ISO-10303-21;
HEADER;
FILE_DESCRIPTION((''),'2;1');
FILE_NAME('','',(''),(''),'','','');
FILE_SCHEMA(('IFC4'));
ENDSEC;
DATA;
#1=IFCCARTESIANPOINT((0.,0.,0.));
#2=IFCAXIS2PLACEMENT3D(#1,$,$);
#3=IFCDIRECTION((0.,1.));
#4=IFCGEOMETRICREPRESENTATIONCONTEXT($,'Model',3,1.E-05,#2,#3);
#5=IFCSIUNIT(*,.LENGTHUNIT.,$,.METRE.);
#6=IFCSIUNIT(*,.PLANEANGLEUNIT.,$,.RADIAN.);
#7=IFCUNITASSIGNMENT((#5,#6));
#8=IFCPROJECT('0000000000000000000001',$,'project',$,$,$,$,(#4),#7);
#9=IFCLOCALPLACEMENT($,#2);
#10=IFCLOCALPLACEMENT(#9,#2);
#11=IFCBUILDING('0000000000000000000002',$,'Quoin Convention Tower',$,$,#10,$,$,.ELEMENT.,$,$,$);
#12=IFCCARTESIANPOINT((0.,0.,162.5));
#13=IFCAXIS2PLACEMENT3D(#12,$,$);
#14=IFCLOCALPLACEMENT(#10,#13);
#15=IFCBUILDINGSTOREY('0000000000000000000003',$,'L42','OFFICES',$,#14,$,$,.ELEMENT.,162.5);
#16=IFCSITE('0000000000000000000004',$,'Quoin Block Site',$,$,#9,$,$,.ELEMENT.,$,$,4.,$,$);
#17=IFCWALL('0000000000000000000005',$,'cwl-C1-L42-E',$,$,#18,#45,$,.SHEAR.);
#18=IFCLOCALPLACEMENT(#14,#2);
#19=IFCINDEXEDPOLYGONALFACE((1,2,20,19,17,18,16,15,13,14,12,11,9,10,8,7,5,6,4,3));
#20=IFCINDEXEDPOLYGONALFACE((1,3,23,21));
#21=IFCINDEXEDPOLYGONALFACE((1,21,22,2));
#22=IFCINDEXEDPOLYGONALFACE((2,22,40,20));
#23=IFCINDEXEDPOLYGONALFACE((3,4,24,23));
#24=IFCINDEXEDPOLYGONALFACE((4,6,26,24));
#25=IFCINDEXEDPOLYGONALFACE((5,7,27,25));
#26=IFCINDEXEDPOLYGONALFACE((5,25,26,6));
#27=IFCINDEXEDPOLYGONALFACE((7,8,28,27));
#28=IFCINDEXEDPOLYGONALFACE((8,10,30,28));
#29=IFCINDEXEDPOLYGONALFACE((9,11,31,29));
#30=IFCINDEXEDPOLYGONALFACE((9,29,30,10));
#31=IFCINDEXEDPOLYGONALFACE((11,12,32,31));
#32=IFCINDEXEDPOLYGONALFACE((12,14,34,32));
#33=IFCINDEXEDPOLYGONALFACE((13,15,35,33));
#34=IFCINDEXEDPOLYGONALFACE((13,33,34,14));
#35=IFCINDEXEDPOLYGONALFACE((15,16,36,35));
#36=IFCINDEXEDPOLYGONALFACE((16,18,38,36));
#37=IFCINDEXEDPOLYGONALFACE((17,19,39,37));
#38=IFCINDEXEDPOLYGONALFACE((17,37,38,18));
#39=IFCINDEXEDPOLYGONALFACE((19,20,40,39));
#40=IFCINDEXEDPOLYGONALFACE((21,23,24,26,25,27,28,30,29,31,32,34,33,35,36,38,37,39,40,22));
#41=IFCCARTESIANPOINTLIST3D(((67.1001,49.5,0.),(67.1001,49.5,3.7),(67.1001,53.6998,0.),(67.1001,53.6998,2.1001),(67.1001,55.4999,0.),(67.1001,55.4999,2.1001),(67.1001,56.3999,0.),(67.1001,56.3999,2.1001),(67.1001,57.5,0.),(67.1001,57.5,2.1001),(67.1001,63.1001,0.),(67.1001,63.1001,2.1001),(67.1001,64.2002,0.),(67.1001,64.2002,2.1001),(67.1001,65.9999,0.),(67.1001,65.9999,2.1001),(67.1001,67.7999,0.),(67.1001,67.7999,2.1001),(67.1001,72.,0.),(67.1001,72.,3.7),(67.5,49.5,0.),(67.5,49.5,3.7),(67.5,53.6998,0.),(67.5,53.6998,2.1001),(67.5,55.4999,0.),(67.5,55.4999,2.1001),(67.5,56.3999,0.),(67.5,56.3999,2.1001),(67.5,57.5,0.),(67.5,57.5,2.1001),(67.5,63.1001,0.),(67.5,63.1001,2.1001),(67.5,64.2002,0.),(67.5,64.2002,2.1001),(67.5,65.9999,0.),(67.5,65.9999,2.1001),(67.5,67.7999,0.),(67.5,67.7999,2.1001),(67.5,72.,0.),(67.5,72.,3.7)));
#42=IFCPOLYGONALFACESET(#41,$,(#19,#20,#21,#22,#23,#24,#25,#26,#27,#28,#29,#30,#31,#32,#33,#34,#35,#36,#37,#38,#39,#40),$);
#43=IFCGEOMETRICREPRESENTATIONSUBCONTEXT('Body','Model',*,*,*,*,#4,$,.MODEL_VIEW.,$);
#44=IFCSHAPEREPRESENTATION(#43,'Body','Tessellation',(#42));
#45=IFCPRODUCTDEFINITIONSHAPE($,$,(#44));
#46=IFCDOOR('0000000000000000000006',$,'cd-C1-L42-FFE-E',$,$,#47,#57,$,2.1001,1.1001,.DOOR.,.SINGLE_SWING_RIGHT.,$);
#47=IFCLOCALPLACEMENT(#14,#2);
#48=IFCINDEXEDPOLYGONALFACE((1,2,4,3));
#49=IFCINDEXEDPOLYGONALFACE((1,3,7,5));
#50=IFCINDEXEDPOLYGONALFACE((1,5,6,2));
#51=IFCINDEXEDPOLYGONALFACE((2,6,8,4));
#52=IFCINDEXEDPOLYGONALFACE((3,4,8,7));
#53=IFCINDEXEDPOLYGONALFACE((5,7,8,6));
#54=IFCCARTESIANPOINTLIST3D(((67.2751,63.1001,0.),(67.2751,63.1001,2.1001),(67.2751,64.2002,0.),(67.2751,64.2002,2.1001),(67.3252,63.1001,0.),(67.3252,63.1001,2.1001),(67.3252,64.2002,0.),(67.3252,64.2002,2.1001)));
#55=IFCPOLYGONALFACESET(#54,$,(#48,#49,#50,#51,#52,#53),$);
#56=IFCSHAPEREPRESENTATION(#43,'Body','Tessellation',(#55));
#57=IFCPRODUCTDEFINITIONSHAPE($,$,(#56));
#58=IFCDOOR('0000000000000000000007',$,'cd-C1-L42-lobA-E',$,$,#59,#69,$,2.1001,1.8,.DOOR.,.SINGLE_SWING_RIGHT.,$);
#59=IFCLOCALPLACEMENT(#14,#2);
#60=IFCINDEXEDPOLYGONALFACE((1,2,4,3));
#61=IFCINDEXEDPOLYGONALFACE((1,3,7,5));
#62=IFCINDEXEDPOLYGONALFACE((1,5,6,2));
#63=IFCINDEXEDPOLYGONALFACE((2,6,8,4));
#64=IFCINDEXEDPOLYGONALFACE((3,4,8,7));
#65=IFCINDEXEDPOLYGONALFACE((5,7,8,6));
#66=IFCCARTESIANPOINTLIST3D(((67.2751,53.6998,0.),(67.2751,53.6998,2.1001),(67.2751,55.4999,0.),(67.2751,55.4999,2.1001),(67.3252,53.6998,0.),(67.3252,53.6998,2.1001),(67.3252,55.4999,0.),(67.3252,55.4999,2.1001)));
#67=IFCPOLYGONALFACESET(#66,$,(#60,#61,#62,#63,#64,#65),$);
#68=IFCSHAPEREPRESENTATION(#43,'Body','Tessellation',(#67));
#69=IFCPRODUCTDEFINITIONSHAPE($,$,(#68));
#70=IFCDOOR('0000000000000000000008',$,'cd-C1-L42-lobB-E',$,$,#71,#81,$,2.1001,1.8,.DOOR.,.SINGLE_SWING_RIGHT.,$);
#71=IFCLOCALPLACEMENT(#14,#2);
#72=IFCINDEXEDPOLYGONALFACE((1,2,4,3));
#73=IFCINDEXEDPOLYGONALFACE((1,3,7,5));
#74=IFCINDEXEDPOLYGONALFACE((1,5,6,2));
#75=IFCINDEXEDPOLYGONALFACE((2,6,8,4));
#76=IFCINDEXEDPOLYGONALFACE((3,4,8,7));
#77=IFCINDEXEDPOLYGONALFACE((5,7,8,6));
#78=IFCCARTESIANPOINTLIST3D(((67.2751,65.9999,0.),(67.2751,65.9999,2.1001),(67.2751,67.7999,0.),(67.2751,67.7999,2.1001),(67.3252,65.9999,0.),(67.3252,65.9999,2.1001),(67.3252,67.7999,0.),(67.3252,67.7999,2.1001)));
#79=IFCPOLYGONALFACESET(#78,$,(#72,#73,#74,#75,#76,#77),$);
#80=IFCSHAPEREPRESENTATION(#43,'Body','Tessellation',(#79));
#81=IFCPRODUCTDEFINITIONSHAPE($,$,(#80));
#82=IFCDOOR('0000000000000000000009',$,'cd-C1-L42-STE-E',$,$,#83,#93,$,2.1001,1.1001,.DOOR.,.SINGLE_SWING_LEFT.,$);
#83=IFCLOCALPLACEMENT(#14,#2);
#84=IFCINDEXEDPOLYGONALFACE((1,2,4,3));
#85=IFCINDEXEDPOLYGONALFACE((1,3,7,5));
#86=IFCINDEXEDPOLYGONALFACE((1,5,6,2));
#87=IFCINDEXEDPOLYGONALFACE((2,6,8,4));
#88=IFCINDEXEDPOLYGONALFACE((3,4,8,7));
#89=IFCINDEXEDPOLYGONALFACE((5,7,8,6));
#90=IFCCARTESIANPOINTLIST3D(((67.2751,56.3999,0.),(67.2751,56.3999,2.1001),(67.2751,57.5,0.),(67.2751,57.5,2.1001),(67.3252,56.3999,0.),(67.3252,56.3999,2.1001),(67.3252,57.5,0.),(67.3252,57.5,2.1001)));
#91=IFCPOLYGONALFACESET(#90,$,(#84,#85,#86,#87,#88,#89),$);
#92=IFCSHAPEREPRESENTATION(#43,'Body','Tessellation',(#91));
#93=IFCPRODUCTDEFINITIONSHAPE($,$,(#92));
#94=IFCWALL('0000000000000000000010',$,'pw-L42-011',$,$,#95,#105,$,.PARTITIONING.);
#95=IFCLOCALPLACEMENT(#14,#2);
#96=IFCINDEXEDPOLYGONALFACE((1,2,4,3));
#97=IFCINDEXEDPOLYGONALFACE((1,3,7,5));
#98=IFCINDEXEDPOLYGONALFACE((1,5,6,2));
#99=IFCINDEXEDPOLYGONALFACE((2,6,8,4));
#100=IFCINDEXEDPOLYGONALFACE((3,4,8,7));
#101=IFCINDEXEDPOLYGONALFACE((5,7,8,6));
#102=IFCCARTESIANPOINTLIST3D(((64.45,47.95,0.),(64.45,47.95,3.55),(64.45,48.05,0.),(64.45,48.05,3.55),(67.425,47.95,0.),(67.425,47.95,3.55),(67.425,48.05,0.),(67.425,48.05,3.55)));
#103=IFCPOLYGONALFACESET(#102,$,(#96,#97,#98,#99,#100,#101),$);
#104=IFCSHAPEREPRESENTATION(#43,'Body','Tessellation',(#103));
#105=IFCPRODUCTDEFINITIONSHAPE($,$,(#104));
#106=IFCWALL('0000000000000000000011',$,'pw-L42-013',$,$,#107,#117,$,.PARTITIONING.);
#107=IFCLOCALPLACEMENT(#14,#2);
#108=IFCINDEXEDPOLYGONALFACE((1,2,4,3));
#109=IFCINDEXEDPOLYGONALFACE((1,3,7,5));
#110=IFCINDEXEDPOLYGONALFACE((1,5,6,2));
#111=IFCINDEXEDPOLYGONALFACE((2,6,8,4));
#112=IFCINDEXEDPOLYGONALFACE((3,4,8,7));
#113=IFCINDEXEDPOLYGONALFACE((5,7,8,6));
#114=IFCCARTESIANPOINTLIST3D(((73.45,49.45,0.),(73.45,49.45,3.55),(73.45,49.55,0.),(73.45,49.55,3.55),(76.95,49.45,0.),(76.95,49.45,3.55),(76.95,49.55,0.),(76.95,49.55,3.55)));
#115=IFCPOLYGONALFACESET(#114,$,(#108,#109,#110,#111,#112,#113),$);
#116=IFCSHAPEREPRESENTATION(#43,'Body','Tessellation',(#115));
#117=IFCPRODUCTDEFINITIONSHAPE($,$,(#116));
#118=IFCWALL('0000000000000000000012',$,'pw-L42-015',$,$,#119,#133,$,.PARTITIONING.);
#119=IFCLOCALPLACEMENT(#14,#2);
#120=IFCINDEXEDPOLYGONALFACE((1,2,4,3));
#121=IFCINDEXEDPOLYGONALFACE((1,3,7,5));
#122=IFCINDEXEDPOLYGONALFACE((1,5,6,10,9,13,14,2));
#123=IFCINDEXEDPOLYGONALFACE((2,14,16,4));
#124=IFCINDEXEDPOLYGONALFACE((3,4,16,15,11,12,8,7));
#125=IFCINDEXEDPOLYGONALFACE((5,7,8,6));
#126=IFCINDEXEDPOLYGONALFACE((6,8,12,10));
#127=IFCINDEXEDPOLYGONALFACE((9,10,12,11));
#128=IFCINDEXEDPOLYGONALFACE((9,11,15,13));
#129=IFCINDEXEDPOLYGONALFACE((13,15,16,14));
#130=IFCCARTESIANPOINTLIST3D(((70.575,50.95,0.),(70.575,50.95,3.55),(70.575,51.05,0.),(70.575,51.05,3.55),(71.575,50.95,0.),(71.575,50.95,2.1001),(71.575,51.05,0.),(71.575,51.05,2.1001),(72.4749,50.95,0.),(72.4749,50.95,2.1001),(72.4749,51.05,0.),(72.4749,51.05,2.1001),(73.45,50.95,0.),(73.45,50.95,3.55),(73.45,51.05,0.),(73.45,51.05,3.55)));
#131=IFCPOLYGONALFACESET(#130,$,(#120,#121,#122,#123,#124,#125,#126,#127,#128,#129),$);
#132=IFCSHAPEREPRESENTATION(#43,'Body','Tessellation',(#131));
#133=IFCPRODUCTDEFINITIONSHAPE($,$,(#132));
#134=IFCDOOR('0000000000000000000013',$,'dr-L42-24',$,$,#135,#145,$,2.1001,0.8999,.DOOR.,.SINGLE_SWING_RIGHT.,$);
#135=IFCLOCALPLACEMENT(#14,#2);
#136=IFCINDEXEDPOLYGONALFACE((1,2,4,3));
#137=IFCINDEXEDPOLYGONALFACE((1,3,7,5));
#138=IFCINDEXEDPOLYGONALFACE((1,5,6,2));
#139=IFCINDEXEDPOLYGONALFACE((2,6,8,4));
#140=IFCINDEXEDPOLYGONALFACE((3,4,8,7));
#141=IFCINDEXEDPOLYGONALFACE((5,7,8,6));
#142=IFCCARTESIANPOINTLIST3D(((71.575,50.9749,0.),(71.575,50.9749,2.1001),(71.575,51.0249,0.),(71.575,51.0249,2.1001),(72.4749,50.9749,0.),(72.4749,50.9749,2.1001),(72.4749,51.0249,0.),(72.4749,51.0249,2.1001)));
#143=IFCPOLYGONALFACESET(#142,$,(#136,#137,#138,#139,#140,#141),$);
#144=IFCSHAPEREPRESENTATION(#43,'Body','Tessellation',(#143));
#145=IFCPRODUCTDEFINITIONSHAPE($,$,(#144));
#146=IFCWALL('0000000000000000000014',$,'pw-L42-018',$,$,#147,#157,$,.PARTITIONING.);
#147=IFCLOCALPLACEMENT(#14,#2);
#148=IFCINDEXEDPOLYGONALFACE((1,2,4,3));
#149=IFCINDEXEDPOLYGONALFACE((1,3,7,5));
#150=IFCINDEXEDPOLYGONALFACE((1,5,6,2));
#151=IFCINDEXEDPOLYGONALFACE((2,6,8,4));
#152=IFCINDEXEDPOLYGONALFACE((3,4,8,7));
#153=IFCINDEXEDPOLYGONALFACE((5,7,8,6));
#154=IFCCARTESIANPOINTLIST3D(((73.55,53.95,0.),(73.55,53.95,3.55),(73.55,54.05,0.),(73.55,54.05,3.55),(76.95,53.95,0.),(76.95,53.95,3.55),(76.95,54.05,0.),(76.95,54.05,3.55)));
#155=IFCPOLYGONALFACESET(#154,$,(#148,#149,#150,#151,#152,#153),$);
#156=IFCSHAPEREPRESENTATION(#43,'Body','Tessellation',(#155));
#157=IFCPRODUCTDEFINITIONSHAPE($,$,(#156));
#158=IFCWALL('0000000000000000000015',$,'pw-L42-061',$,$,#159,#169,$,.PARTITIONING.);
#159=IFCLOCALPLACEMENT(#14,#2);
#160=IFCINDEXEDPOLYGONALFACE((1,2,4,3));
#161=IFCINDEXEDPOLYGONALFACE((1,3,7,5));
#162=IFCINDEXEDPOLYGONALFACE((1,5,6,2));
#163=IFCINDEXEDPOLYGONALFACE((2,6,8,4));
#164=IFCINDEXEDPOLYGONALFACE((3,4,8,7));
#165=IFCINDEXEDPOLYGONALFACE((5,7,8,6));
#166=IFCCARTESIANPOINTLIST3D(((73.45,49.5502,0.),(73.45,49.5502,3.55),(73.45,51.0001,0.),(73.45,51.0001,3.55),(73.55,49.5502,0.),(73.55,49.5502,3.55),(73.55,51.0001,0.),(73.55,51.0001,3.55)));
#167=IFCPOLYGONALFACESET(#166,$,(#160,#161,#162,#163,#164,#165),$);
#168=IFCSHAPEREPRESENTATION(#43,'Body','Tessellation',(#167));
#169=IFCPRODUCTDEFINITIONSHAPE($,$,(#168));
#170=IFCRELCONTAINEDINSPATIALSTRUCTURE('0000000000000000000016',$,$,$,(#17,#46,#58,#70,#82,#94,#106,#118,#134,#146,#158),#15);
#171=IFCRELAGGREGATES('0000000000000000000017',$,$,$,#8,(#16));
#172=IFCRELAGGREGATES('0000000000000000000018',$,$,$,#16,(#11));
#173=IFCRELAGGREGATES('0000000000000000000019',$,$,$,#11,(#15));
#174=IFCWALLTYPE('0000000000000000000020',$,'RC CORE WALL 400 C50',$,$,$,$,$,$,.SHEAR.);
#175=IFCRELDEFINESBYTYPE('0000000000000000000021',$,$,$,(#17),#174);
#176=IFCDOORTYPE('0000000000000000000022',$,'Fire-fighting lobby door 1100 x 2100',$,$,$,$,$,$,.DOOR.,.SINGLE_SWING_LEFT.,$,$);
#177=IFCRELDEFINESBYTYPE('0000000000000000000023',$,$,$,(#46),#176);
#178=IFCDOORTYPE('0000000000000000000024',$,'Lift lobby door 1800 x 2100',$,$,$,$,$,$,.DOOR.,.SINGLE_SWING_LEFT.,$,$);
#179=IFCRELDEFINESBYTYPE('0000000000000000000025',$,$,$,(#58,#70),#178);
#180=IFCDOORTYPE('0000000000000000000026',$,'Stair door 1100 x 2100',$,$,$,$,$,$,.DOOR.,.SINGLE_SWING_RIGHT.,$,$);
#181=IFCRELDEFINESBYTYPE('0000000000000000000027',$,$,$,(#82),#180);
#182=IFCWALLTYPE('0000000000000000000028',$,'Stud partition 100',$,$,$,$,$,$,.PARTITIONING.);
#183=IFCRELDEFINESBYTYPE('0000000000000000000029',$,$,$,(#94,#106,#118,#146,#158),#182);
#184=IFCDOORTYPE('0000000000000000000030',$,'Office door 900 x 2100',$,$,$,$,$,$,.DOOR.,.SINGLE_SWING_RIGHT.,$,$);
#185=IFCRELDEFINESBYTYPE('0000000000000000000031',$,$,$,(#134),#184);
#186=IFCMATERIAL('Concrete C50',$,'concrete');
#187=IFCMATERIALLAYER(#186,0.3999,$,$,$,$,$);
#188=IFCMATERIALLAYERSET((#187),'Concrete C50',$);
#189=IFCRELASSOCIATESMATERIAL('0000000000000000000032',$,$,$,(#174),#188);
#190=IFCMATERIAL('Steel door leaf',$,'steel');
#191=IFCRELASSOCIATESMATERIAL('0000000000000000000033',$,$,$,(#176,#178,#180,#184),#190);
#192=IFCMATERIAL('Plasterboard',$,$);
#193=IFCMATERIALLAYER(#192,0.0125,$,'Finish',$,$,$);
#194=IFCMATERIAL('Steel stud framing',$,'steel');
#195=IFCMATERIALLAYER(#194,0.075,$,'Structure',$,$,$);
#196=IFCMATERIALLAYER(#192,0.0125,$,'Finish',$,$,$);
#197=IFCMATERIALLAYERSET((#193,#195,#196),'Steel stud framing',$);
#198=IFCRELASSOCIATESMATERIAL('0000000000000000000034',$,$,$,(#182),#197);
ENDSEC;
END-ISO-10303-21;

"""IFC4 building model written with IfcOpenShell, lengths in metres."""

from ifc_helpers import new_model, si_unit, direction, frame, frame_2d, origin, place, context, subcontext, project, spatial, rectangle, extrude, material, layer, layer_set, type_object, element, fill, save


model = new_model("IFC4")

# Units and contexts
model_context = context("Model", 3, precision=1e-05, world=origin(), true_north=direction((0.0, 1.0)))
body_context = subcontext(model_context, "Body", "Model", "MODEL_VIEW")
ifc_project = project(units=[si_unit("LENGTHUNIT", "METRE"), si_unit("PLANEANGLEUNIT", "RADIAN")], contexts=[model_context])

# Site, building, storey
site_placement = place(None, origin())
site = spatial("IfcSite", under=ifc_project, at=site_placement, Name="Quoin Block Site", CompositionType="ELEMENT", RefElevation=4.0)
building_placement = place(site_placement, origin())
building = spatial("IfcBuilding", under=site, at=building_placement, Name="Quoin Convention Tower", CompositionType="ELEMENT")
storey_placement = place(building_placement, frame((0.0, 0.0, 162.5)))
storey = spatial("IfcBuildingStorey", under=building, at=storey_placement, Name="L42", Description="OFFICES", CompositionType="ELEMENT", Elevation=162.5)

# Shared definitions
ifc_material_1 = material(Name="Concrete C50", Category="concrete")

# Shared definitions
ifc_material_2 = material(Name="Plasterboard")
ifc_material_3 = material(Name="Steel stud framing", Category="steel")

# Shared definitions
ifc_material_4 = material(Name="Steel door leaf", Category="steel")

# Wall, openings, doors
ifc_layer_1 = layer(ifc_material_1, 0.3999)
ifc_layer_set_1 = layer_set([ifc_layer_1], Name="Concrete C50")
wall_type_1 = type_object("IfcWallType", Name="RC CORE WALL 400 C50", PredefinedType="SHEAR", material=ifc_layer_set_1)
wall_1_placement = place(storey_placement, frame((67.3, 49.5, 0.0), z_axis=(0.0, 0.0, 1.0), x_axis=(0.0, 1.0, 0.0)))
wall_1 = element("IfcWall", 1, at=wall_1_placement, inside=storey, type_object=wall_type_1, Name="cwl-C1-L42-E", PredefinedType="SHEAR", context=body_context, shape_type="SweptSolid", body=[
    extrude(rectangle(XDim=22.5, YDim=0.3999, at=frame_2d((11.25, 0.0))), origin(), (0.0, 0.0, 1.0), 3.7),
])
opening_1_placement = place(wall_1_placement, frame((4.2, 0.0, 0.0)))
opening_1 = element("IfcOpeningElement", 2, at=opening_1_placement, cuts=wall_1, PredefinedType="OPENING", context=body_context, shape_type="SweptSolid", body=[
    extrude(rectangle(XDim=1.8, YDim=2.1001, at=frame_2d((0.8999, 1.05))), frame((0.0, 0.21, 0.0), z_axis=(0.0, -1.0, 0.0), x_axis=(1.0, 0.0, 0.0)), (0.0, 0.0, 1.0), 0.4199),
])
opening_2_placement = place(wall_1_placement, frame((6.8999, 0.0, 0.0)))
opening_2 = element("IfcOpeningElement", 3, at=opening_2_placement, cuts=wall_1, PredefinedType="OPENING", context=body_context, shape_type="SweptSolid", body=[
    extrude(rectangle(XDim=1.1001, YDim=2.1001, at=frame_2d((0.55, 1.05))), frame((0.0, 0.21, 0.0), z_axis=(0.0, -1.0, 0.0), x_axis=(1.0, 0.0, 0.0)), (0.0, 0.0, 1.0), 0.4199),
])
opening_3_placement = place(wall_1_placement, frame((13.6001, 0.0, 0.0)))
opening_3 = element("IfcOpeningElement", 4, at=opening_3_placement, cuts=wall_1, PredefinedType="OPENING", context=body_context, shape_type="SweptSolid", body=[
    extrude(rectangle(XDim=1.1001, YDim=2.1001, at=frame_2d((0.55, 1.05))), frame((0.0, 0.21, 0.0), z_axis=(0.0, -1.0, 0.0), x_axis=(1.0, 0.0, 0.0)), (0.0, 0.0, 1.0), 0.4199),
])
opening_4_placement = place(wall_1_placement, frame((16.5, 0.0, 0.0)))
opening_4 = element("IfcOpeningElement", 5, at=opening_4_placement, cuts=wall_1, PredefinedType="OPENING", context=body_context, shape_type="SweptSolid", body=[
    extrude(rectangle(XDim=1.8, YDim=2.1001, at=frame_2d((0.8999, 1.05))), frame((0.0, 0.21, 0.0), z_axis=(0.0, -1.0, 0.0), x_axis=(1.0, 0.0, 0.0)), (0.0, 0.0, 1.0), 0.4199),
])
door_type_1 = type_object("IfcDoorType", Name="Fire-fighting lobby door 1100 x 2100", OperationType="SINGLE_SWING_LEFT", PredefinedType="DOOR", material=ifc_material_4)
door_1_placement = place(opening_3_placement, origin())
door_1 = element("IfcDoor", 6, at=door_1_placement, inside=storey, type_object=door_type_1, Name="cd-C1-L42-FFE-E", OperationType="SINGLE_SWING_RIGHT", OverallHeight=2.1001, OverallWidth=1.1001, PredefinedType="DOOR", context=body_context, shape_type="SweptSolid", body=[
    extrude(rectangle(XDim=1.1001, YDim=2.1001, at=frame_2d((0.55, 1.05))), frame((0.0, 0.0249, 0.0), z_axis=(0.0, -1.0, 0.0), x_axis=(1.0, 0.0, 0.0)), (0.0, 0.0, 1.0), 0.05),
])
fill(opening_3, door_1)
door_type_2 = type_object("IfcDoorType", Name="Lift lobby door 1800 x 2100", OperationType="SINGLE_SWING_LEFT", PredefinedType="DOOR", material=ifc_material_4)
door_2_placement = place(opening_1_placement, origin())
door_2 = element("IfcDoor", 7, at=door_2_placement, inside=storey, type_object=door_type_2, Name="cd-C1-L42-lobA-E", OperationType="SINGLE_SWING_RIGHT", OverallHeight=2.1001, OverallWidth=1.8, PredefinedType="DOOR", context=body_context, shape_type="SweptSolid", body=[
    extrude(rectangle(XDim=1.8, YDim=2.1001, at=frame_2d((0.8999, 1.05))), frame((0.0, 0.0249, 0.0), z_axis=(0.0, -1.0, 0.0), x_axis=(1.0, 0.0, 0.0)), (0.0, 0.0, 1.0), 0.05),
])
fill(opening_1, door_2)
door_3_placement = place(opening_4_placement, origin())
door_3 = element("IfcDoor", 8, at=door_3_placement, inside=storey, type_object=door_type_2, Name="cd-C1-L42-lobB-E", OperationType="SINGLE_SWING_RIGHT", OverallHeight=2.1001, OverallWidth=1.8, PredefinedType="DOOR", context=body_context, shape_type="SweptSolid", body=[
    extrude(rectangle(XDim=1.8, YDim=2.1001, at=frame_2d((0.8999, 1.05))), frame((0.0, 0.0249, 0.0), z_axis=(0.0, -1.0, 0.0), x_axis=(1.0, 0.0, 0.0)), (0.0, 0.0, 1.0), 0.05),
])
fill(opening_4, door_3)
door_type_3 = type_object("IfcDoorType", Name="Stair door 1100 x 2100", OperationType="SINGLE_SWING_RIGHT", PredefinedType="DOOR", material=ifc_material_4)
door_4_placement = place(opening_2_placement, origin())
door_4 = element("IfcDoor", 9, at=door_4_placement, inside=storey, type_object=door_type_3, Name="cd-C1-L42-STE-E", OperationType="SINGLE_SWING_LEFT", OverallHeight=2.1001, OverallWidth=1.1001, PredefinedType="DOOR", context=body_context, shape_type="SweptSolid", body=[
    extrude(rectangle(XDim=1.1001, YDim=2.1001, at=frame_2d((0.55, 1.05))), frame((0.0, 0.0249, 0.0), z_axis=(0.0, -1.0, 0.0), x_axis=(1.0, 0.0, 0.0)), (0.0, 0.0, 1.0), 0.05),
])
fill(opening_2, door_4)

# Walls
ifc_layer_2 = layer(ifc_material_2, 0.0125, Name="Finish")
ifc_layer_3 = layer(ifc_material_3, 0.075, Name="Structure")
ifc_layer_4 = layer(ifc_material_2, 0.0125, Name="Finish")
ifc_layer_set_2 = layer_set([ifc_layer_2, ifc_layer_3, ifc_layer_4], Name="Steel stud framing")
wall_type_2 = type_object("IfcWallType", Name="Stud partition 100", PredefinedType="PARTITIONING", material=ifc_layer_set_2)
wall_2_placement = place(storey_placement, frame((64.45, 48.0, 0.0), z_axis=(0.0, 0.0, 1.0), x_axis=(1.0, 0.0, 0.0)))
element("IfcWall", 10, at=wall_2_placement, inside=storey, type_object=wall_type_2, Name="pw-L42-011", PredefinedType="PARTITIONING", context=body_context, shape_type="SweptSolid", body=[
    extrude(rectangle(XDim=2.9751, YDim=0.1001, at=frame_2d((1.4875, 0.0))), origin(), (0.0, 0.0, 1.0), 3.55),
])
wall_3_placement = place(storey_placement, frame((73.45, 49.5, 0.0), z_axis=(0.0, 0.0, 1.0), x_axis=(1.0, 0.0, 0.0)))
element("IfcWall", 11, at=wall_3_placement, inside=storey, type_object=wall_type_2, Name="pw-L42-013", PredefinedType="PARTITIONING", context=body_context, shape_type="SweptSolid", body=[
    extrude(rectangle(XDim=3.5, YDim=0.1001, at=frame_2d((1.75, 0.0))), origin(), (0.0, 0.0, 1.0), 3.55),
])

# Wall, opening, door
wall_4_placement = place(storey_placement, frame((70.575, 51.0, 0.0), z_axis=(0.0, 0.0, 1.0), x_axis=(1.0, 0.0, 0.0)))
wall_4 = element("IfcWall", 12, at=wall_4_placement, inside=storey, type_object=wall_type_2, Name="pw-L42-015", PredefinedType="PARTITIONING", context=body_context, shape_type="SweptSolid", body=[
    extrude(rectangle(XDim=2.875, YDim=0.1001, at=frame_2d((1.4375, 0.0))), origin(), (0.0, 0.0, 1.0), 3.55),
])
opening_5_placement = place(wall_4_placement, frame((1.0, 0.0, 0.0)))
opening_5 = element("IfcOpeningElement", 13, at=opening_5_placement, cuts=wall_4, PredefinedType="OPENING", context=body_context, shape_type="SweptSolid", body=[
    extrude(rectangle(XDim=0.8999, YDim=2.1001, at=frame_2d((0.45, 1.05))), frame((0.0, 0.0601, 0.0), z_axis=(0.0, -1.0, 0.0), x_axis=(1.0, 0.0, 0.0)), (0.0, 0.0, 1.0), 0.1201),
])
door_type_4 = type_object("IfcDoorType", Name="Office door 900 x 2100", OperationType="SINGLE_SWING_RIGHT", PredefinedType="DOOR", material=ifc_material_4)
door_5_placement = place(opening_5_placement, origin())
door_5 = element("IfcDoor", 14, at=door_5_placement, inside=storey, type_object=door_type_4, Name="dr-L42-24", OperationType="SINGLE_SWING_RIGHT", OverallHeight=2.1001, OverallWidth=0.8999, PredefinedType="DOOR", context=body_context, shape_type="SweptSolid", body=[
    extrude(rectangle(XDim=0.8999, YDim=2.1001, at=frame_2d((0.45, 1.05))), frame((0.0, 0.0249, 0.0), z_axis=(0.0, -1.0, 0.0), x_axis=(1.0, 0.0, 0.0)), (0.0, 0.0, 1.0), 0.05),
])
fill(opening_5, door_5)

# Walls
wall_5_placement = place(storey_placement, frame((73.55, 54.0, 0.0), z_axis=(0.0, 0.0, 1.0), x_axis=(1.0, 0.0, 0.0)))
element("IfcWall", 15, at=wall_5_placement, inside=storey, type_object=wall_type_2, Name="pw-L42-018", PredefinedType="PARTITIONING", context=body_context, shape_type="SweptSolid", body=[
    extrude(rectangle(XDim=3.3999, YDim=0.1001, at=frame_2d((1.7, 0.0))), origin(), (0.0, 0.0, 1.0), 3.55),
])
wall_6_placement = place(storey_placement, frame((73.5, 49.55, 0.0), z_axis=(0.0, 0.0, 1.0), x_axis=(0.0, 1.0, 0.0)))
element("IfcWall", 16, at=wall_6_placement, inside=storey, type_object=wall_type_2, Name="pw-L42-061", PredefinedType="PARTITIONING", context=body_context, shape_type="SweptSolid", body=[
    extrude(rectangle(XDim=1.45, YDim=0.1001, at=frame_2d((0.7251, 0.0))), origin(), (0.0, 0.0, 1.0), 3.55),
])

save(model, "model.ifc")
